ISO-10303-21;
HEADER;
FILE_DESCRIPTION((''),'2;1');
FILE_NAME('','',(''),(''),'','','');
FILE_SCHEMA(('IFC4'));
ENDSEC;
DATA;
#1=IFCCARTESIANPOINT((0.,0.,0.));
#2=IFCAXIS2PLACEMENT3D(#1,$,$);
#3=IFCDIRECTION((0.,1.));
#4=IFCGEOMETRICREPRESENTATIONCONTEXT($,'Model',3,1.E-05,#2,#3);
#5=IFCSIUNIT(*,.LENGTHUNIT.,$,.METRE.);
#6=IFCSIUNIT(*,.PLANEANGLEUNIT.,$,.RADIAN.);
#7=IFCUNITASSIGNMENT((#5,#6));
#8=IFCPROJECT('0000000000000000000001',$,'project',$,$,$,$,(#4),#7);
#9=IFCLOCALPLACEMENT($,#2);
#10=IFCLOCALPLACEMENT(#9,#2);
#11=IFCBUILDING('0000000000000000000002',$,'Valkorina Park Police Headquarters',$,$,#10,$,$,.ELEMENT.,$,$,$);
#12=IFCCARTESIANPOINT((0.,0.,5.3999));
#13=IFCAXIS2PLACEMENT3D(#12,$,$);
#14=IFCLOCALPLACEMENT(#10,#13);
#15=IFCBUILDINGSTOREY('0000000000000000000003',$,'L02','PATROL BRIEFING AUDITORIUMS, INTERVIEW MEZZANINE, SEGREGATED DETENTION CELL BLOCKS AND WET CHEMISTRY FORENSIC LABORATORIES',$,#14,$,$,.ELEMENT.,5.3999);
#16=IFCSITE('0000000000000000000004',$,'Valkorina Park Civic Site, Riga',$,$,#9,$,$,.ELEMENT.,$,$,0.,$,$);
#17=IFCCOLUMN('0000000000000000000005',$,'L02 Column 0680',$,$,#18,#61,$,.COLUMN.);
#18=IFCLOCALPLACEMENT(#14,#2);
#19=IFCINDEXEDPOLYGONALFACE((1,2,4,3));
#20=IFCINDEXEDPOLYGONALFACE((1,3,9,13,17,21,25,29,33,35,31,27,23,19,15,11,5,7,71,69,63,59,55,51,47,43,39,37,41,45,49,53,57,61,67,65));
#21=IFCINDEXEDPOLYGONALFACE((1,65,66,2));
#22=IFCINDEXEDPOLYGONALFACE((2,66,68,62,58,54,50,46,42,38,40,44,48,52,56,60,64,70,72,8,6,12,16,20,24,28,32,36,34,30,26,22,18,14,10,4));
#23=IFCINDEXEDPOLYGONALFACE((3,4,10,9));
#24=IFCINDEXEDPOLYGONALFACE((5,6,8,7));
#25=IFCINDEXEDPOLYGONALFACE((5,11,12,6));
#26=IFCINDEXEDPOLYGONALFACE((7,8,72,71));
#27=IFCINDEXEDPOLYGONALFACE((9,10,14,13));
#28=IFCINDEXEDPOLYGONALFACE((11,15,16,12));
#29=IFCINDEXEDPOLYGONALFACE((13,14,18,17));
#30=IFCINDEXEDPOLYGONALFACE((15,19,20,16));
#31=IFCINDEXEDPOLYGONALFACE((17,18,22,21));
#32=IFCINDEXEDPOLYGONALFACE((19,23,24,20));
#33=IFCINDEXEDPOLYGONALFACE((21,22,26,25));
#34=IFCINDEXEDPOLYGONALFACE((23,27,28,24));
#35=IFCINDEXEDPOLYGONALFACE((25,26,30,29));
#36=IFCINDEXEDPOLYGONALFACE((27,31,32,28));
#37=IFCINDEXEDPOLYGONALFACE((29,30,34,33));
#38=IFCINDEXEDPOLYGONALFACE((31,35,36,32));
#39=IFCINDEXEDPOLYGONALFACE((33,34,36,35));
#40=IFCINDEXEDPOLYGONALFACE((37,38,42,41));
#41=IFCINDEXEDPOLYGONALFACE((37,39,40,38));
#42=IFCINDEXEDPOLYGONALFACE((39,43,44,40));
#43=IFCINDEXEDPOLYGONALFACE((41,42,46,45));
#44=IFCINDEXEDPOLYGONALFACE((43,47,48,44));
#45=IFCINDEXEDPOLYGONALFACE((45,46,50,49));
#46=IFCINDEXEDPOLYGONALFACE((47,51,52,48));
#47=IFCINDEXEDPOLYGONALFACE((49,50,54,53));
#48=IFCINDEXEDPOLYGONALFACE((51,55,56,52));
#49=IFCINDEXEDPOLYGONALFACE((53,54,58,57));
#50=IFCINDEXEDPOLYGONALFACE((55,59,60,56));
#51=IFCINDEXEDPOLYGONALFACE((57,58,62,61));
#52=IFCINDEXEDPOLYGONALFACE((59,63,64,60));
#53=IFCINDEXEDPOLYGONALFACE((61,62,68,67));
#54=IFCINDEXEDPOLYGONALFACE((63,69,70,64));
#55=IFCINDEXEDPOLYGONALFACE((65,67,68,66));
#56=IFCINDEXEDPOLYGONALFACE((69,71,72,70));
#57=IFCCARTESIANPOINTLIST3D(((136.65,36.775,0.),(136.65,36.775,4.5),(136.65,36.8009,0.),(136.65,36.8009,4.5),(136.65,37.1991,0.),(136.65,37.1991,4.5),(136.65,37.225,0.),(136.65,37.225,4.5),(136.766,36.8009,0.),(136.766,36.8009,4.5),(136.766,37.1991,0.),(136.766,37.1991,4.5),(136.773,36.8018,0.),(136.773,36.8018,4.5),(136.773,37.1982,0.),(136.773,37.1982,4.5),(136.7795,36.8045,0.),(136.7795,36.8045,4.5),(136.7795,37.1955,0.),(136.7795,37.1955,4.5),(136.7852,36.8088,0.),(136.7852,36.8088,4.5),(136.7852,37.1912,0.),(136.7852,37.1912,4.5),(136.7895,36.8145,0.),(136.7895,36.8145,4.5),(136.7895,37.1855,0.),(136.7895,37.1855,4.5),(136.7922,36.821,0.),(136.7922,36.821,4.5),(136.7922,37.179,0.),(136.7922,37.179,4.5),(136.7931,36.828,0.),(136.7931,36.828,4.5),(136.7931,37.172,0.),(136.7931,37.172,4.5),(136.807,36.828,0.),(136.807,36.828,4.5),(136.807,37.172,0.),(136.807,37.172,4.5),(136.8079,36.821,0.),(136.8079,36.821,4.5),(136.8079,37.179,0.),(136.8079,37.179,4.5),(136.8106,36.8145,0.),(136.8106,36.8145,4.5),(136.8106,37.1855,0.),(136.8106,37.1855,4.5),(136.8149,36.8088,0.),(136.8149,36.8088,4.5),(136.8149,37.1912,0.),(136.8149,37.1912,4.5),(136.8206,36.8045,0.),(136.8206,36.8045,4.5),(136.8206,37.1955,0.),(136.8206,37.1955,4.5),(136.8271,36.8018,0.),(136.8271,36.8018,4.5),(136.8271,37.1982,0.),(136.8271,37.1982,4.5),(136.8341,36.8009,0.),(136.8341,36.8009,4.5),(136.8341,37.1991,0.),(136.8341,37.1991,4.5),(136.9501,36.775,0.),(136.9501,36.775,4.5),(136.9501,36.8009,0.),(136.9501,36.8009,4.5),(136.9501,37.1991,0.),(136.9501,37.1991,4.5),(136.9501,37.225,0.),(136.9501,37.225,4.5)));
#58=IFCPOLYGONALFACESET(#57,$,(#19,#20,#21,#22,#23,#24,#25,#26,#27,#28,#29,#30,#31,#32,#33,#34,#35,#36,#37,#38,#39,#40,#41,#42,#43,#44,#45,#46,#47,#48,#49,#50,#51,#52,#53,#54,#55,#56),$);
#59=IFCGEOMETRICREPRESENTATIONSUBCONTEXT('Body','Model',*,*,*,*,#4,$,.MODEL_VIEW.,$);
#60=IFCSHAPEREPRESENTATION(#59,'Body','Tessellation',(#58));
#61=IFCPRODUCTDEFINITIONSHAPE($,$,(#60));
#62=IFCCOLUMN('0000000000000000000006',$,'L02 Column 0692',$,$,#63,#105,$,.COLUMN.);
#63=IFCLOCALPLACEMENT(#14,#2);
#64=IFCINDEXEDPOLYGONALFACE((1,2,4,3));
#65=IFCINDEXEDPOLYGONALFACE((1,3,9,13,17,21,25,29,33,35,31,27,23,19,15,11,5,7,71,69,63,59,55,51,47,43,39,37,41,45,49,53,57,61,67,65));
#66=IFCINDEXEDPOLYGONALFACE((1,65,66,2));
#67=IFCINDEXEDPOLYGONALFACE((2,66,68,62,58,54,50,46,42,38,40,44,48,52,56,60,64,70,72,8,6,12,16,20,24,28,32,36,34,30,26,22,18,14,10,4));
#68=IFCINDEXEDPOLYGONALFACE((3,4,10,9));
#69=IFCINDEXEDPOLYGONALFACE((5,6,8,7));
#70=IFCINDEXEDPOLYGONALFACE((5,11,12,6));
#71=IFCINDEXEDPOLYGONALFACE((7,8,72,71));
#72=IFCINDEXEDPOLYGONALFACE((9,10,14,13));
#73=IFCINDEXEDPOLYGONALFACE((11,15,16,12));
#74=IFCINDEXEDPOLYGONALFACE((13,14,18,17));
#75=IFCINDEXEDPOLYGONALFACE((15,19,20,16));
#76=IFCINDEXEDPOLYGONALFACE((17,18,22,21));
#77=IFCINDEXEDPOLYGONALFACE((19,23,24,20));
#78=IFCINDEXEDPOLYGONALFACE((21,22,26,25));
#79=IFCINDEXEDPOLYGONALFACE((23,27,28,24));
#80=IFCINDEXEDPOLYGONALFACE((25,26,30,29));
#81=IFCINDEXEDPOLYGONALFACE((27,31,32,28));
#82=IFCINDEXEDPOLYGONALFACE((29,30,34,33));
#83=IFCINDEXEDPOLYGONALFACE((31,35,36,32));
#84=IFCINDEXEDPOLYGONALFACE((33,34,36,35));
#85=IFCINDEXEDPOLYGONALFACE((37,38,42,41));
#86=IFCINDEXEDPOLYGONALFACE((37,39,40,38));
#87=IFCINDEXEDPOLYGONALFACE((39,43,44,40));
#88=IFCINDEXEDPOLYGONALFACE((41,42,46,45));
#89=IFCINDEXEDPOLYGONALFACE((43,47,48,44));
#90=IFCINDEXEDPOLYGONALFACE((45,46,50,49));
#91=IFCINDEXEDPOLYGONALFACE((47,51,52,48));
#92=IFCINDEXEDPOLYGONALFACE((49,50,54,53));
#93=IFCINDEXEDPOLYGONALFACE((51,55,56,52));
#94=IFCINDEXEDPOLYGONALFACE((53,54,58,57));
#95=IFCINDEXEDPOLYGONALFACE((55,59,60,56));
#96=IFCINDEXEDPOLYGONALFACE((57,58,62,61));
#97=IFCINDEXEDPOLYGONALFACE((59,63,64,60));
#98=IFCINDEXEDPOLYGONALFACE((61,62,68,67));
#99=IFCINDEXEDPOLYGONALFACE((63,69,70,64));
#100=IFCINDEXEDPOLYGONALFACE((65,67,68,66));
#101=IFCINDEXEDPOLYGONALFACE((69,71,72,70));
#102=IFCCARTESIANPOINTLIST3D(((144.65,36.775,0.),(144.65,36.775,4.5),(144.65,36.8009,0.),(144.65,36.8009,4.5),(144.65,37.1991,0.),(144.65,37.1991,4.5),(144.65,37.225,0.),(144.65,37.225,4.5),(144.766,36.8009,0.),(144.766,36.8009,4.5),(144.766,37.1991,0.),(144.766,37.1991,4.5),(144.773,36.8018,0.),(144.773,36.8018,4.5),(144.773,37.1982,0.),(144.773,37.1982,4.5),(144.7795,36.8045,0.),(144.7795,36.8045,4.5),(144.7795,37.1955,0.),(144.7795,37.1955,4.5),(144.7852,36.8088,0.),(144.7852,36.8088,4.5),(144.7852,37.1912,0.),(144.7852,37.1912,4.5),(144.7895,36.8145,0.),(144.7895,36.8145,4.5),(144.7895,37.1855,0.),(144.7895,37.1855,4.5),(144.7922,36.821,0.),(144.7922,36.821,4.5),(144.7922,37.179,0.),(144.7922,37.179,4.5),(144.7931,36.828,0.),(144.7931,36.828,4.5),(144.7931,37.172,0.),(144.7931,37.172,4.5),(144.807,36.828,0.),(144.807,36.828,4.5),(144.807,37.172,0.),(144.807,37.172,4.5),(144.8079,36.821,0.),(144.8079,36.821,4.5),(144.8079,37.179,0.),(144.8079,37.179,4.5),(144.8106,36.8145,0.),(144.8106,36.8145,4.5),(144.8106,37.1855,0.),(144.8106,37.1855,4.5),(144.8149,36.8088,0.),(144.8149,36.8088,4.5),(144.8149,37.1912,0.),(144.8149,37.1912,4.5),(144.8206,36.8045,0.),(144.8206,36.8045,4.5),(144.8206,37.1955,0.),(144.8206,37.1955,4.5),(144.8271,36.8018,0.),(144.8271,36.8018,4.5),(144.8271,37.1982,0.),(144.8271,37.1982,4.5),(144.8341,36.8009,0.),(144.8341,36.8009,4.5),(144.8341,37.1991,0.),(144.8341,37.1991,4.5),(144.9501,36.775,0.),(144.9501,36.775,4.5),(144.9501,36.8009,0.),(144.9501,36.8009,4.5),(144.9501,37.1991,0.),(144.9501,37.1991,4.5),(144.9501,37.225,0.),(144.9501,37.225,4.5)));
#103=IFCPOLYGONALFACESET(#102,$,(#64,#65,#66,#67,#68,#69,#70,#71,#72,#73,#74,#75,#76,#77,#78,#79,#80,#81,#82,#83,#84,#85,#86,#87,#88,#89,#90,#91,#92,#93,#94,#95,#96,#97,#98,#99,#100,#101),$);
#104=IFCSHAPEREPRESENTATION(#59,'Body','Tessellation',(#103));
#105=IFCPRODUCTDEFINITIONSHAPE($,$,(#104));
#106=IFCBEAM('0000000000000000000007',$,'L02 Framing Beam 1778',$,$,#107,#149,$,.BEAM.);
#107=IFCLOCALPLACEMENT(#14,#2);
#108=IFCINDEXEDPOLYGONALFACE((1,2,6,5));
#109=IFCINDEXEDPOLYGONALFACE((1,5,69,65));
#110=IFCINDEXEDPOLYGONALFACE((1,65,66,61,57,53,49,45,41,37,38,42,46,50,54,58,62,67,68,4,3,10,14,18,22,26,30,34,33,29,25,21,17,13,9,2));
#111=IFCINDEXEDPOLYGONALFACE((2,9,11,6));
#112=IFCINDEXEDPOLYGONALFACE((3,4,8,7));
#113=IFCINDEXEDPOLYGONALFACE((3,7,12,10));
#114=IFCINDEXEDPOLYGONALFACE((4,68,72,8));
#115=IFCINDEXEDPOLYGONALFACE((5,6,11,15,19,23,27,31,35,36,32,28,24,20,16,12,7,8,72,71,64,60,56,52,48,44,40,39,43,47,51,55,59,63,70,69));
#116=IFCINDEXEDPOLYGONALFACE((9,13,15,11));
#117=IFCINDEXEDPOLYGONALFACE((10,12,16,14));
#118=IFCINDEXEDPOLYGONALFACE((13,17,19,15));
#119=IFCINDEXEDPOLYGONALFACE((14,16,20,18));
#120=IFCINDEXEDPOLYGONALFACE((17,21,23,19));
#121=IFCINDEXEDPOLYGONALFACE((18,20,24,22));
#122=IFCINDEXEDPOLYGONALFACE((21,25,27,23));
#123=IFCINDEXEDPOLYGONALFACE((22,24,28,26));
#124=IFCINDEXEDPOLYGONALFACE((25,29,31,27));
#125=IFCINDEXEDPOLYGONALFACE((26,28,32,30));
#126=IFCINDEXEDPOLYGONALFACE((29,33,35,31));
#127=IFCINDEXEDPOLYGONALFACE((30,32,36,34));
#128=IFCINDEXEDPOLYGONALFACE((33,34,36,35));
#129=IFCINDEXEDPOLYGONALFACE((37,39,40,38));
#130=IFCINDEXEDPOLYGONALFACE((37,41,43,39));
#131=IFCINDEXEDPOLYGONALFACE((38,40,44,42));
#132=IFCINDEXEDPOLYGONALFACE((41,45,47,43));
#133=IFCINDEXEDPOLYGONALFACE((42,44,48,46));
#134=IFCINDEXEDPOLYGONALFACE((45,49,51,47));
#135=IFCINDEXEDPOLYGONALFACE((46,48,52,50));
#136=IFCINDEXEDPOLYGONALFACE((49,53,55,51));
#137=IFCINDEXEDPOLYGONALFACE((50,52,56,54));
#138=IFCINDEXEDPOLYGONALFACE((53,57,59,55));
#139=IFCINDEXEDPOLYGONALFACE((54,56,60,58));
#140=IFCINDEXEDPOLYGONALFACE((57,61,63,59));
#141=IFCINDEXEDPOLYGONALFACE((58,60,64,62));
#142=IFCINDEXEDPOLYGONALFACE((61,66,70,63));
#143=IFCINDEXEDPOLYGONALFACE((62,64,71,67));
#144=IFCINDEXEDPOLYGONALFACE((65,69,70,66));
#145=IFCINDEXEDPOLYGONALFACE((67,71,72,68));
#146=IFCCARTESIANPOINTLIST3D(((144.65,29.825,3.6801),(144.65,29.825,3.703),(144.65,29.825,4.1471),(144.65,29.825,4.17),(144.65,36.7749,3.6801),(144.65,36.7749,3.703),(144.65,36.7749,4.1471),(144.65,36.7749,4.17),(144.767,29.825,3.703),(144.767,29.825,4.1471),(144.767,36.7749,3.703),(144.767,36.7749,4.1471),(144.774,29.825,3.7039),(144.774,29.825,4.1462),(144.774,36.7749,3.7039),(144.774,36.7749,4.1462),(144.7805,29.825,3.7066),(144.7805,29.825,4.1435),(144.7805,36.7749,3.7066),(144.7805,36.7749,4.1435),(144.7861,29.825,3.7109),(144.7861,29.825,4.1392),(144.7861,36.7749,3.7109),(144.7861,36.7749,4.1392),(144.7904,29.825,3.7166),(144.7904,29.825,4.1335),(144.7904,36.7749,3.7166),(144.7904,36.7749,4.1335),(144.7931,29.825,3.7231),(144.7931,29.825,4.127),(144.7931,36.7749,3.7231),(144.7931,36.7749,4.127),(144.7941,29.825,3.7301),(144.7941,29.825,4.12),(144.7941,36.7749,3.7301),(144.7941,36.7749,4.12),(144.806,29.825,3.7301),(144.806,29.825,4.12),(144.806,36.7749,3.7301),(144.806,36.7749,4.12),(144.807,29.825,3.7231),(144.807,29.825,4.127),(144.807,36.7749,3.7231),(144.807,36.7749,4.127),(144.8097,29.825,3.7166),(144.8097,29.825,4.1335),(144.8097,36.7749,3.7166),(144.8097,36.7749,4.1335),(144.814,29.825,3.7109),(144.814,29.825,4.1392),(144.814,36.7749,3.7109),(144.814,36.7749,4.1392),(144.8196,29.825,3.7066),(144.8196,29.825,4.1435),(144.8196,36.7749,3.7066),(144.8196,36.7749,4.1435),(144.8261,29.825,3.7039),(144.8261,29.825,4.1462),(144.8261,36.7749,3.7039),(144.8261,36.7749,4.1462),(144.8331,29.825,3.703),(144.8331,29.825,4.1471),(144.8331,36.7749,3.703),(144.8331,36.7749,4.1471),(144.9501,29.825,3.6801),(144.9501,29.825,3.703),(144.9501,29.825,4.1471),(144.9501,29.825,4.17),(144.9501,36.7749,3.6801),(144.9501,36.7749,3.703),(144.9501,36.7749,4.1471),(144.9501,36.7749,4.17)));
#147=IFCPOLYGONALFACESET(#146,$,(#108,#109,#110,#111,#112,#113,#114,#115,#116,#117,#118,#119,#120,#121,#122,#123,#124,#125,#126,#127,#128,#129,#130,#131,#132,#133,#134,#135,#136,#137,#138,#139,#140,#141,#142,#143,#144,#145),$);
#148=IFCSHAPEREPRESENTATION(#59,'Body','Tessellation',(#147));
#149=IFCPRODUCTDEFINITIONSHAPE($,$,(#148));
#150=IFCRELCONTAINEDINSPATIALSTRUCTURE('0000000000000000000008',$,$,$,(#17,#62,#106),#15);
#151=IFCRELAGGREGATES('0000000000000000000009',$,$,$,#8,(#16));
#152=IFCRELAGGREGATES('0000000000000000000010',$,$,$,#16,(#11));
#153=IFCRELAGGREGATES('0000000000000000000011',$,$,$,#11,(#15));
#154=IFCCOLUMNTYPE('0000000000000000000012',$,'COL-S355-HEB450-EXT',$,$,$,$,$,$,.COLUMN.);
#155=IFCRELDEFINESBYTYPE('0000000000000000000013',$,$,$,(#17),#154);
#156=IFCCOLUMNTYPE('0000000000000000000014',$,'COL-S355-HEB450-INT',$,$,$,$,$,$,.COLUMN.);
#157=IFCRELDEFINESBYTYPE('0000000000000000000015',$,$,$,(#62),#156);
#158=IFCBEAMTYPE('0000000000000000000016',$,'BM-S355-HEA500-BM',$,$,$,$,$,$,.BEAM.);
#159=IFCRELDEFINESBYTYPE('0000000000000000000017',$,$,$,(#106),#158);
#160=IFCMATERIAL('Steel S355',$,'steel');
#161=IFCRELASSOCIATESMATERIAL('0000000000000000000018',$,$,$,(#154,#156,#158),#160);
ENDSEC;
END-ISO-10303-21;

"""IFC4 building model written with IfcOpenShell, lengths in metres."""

from ifc_helpers import new_model, si_unit, direction, frame, origin, origin_2d, place, context, subcontext, project, spatial, i_section, extrude, material, material_profile, profile_set, type_object, element, save


model = new_model("IFC4")

# Units and contexts
model_context = context("Model", 3, precision=1e-05, world=origin(), true_north=direction((0.0, 1.0)))
body_context = subcontext(model_context, "Body", "Model", "MODEL_VIEW")
ifc_project = project(units=[si_unit("LENGTHUNIT", "METRE"), si_unit("PLANEANGLEUNIT", "RADIAN")], contexts=[model_context])

# Site, building, storey
site_placement = place(None, origin())
site = spatial("IfcSite", under=ifc_project, at=site_placement, Name="Valkorina Park Civic Site, Riga", CompositionType="ELEMENT", RefElevation=0.0)
building_placement = place(site_placement, origin())
building = spatial("IfcBuilding", under=site, at=building_placement, Name="Valkorina Park Police Headquarters", CompositionType="ELEMENT")
storey_placement = place(building_placement, frame((0.0, 0.0, 5.3999)))
storey = spatial("IfcBuildingStorey", under=building, at=storey_placement, Name="L02", Description="PATROL BRIEFING AUDITORIUMS, INTERVIEW MEZZANINE, SEGREGATED DETENTION CELL BLOCKS AND WET CHEMISTRY FORENSIC LABORATORIES", CompositionType="ELEMENT", Elevation=5.3999)

# Columns
ifc_material_1 = material(Name="Steel S355", Category="steel")
ifc_material_profile_1 = material_profile(ifc_material_1, i_section(OverallWidth=0.3, OverallDepth=0.45, WebThickness=0.0139, FlangeThickness=0.0259, FilletRadius=0.0271, at=origin_2d()), Name="HEB 450")
ifc_profile_set_1 = profile_set([ifc_material_profile_1], Name="Steel S355")
column_type_1 = type_object("IfcColumnType", Name="COL-S355-HEB450-EXT", PredefinedType="COLUMN", material=ifc_profile_set_1)
column_1_placement = place(storey_placement, frame((136.8, 37.0, 0.0), z_axis=(0.0, 0.0, 1.0), x_axis=(1.0, 0.0, 0.0)))
element("IfcColumn", 1, at=column_1_placement, inside=storey, type_object=column_type_1, Name="L02 Column 0680", PredefinedType="COLUMN", context=body_context, shape_type="SweptSolid", body=[
    extrude(i_section(OverallWidth=0.3, OverallDepth=0.45, WebThickness=0.0139, FlangeThickness=0.0259, FilletRadius=0.0271, at=origin_2d()), origin(), (0.0, 0.0, 1.0), 4.5),
])
ifc_material_profile_2 = material_profile(ifc_material_1, i_section(OverallWidth=0.3, OverallDepth=0.45, WebThickness=0.0139, FlangeThickness=0.0259, FilletRadius=0.0271, at=origin_2d()), Name="HEB 450")
ifc_profile_set_2 = profile_set([ifc_material_profile_2], Name="Steel S355")
column_type_2 = type_object("IfcColumnType", Name="COL-S355-HEB450-INT", PredefinedType="COLUMN", material=ifc_profile_set_2)
column_2_placement = place(storey_placement, frame((144.8, 37.0, 0.0), z_axis=(0.0, 0.0, 1.0), x_axis=(1.0, 0.0, 0.0)))
element("IfcColumn", 2, at=column_2_placement, inside=storey, type_object=column_type_2, Name="L02 Column 0692", PredefinedType="COLUMN", context=body_context, shape_type="SweptSolid", body=[
    extrude(i_section(OverallWidth=0.3, OverallDepth=0.45, WebThickness=0.0139, FlangeThickness=0.0259, FilletRadius=0.0271, at=origin_2d()), origin(), (0.0, 0.0, 1.0), 4.5),
])

# Beam
ifc_material_profile_3 = material_profile(ifc_material_1, i_section(OverallWidth=0.3, OverallDepth=0.49, WebThickness=0.012, FlangeThickness=0.0229, FilletRadius=0.0271, at=origin_2d()), Name="HEA 500")
ifc_profile_set_3 = profile_set([ifc_material_profile_3], Name="Steel S355")
beam_type_1 = type_object("IfcBeamType", Name="BM-S355-HEA500-BM", PredefinedType="BEAM", material=ifc_profile_set_3)
beam_1_placement = place(storey_placement, frame((144.8, 29.825, 3.925), z_axis=(0.0, 1.0, 0.0), x_axis=(-1.0, 0.0, 0.0)))
element("IfcBeam", 3, at=beam_1_placement, inside=storey, type_object=beam_type_1, Name="L02 Framing Beam 1778", PredefinedType="BEAM", context=body_context, shape_type="SweptSolid", body=[
    extrude(i_section(OverallWidth=0.3, OverallDepth=0.49, WebThickness=0.012, FlangeThickness=0.0229, FilletRadius=0.0271, at=origin_2d()), origin(), (0.0, 0.0, 1.0), 6.95),
])

save(model, "model.ifc")
